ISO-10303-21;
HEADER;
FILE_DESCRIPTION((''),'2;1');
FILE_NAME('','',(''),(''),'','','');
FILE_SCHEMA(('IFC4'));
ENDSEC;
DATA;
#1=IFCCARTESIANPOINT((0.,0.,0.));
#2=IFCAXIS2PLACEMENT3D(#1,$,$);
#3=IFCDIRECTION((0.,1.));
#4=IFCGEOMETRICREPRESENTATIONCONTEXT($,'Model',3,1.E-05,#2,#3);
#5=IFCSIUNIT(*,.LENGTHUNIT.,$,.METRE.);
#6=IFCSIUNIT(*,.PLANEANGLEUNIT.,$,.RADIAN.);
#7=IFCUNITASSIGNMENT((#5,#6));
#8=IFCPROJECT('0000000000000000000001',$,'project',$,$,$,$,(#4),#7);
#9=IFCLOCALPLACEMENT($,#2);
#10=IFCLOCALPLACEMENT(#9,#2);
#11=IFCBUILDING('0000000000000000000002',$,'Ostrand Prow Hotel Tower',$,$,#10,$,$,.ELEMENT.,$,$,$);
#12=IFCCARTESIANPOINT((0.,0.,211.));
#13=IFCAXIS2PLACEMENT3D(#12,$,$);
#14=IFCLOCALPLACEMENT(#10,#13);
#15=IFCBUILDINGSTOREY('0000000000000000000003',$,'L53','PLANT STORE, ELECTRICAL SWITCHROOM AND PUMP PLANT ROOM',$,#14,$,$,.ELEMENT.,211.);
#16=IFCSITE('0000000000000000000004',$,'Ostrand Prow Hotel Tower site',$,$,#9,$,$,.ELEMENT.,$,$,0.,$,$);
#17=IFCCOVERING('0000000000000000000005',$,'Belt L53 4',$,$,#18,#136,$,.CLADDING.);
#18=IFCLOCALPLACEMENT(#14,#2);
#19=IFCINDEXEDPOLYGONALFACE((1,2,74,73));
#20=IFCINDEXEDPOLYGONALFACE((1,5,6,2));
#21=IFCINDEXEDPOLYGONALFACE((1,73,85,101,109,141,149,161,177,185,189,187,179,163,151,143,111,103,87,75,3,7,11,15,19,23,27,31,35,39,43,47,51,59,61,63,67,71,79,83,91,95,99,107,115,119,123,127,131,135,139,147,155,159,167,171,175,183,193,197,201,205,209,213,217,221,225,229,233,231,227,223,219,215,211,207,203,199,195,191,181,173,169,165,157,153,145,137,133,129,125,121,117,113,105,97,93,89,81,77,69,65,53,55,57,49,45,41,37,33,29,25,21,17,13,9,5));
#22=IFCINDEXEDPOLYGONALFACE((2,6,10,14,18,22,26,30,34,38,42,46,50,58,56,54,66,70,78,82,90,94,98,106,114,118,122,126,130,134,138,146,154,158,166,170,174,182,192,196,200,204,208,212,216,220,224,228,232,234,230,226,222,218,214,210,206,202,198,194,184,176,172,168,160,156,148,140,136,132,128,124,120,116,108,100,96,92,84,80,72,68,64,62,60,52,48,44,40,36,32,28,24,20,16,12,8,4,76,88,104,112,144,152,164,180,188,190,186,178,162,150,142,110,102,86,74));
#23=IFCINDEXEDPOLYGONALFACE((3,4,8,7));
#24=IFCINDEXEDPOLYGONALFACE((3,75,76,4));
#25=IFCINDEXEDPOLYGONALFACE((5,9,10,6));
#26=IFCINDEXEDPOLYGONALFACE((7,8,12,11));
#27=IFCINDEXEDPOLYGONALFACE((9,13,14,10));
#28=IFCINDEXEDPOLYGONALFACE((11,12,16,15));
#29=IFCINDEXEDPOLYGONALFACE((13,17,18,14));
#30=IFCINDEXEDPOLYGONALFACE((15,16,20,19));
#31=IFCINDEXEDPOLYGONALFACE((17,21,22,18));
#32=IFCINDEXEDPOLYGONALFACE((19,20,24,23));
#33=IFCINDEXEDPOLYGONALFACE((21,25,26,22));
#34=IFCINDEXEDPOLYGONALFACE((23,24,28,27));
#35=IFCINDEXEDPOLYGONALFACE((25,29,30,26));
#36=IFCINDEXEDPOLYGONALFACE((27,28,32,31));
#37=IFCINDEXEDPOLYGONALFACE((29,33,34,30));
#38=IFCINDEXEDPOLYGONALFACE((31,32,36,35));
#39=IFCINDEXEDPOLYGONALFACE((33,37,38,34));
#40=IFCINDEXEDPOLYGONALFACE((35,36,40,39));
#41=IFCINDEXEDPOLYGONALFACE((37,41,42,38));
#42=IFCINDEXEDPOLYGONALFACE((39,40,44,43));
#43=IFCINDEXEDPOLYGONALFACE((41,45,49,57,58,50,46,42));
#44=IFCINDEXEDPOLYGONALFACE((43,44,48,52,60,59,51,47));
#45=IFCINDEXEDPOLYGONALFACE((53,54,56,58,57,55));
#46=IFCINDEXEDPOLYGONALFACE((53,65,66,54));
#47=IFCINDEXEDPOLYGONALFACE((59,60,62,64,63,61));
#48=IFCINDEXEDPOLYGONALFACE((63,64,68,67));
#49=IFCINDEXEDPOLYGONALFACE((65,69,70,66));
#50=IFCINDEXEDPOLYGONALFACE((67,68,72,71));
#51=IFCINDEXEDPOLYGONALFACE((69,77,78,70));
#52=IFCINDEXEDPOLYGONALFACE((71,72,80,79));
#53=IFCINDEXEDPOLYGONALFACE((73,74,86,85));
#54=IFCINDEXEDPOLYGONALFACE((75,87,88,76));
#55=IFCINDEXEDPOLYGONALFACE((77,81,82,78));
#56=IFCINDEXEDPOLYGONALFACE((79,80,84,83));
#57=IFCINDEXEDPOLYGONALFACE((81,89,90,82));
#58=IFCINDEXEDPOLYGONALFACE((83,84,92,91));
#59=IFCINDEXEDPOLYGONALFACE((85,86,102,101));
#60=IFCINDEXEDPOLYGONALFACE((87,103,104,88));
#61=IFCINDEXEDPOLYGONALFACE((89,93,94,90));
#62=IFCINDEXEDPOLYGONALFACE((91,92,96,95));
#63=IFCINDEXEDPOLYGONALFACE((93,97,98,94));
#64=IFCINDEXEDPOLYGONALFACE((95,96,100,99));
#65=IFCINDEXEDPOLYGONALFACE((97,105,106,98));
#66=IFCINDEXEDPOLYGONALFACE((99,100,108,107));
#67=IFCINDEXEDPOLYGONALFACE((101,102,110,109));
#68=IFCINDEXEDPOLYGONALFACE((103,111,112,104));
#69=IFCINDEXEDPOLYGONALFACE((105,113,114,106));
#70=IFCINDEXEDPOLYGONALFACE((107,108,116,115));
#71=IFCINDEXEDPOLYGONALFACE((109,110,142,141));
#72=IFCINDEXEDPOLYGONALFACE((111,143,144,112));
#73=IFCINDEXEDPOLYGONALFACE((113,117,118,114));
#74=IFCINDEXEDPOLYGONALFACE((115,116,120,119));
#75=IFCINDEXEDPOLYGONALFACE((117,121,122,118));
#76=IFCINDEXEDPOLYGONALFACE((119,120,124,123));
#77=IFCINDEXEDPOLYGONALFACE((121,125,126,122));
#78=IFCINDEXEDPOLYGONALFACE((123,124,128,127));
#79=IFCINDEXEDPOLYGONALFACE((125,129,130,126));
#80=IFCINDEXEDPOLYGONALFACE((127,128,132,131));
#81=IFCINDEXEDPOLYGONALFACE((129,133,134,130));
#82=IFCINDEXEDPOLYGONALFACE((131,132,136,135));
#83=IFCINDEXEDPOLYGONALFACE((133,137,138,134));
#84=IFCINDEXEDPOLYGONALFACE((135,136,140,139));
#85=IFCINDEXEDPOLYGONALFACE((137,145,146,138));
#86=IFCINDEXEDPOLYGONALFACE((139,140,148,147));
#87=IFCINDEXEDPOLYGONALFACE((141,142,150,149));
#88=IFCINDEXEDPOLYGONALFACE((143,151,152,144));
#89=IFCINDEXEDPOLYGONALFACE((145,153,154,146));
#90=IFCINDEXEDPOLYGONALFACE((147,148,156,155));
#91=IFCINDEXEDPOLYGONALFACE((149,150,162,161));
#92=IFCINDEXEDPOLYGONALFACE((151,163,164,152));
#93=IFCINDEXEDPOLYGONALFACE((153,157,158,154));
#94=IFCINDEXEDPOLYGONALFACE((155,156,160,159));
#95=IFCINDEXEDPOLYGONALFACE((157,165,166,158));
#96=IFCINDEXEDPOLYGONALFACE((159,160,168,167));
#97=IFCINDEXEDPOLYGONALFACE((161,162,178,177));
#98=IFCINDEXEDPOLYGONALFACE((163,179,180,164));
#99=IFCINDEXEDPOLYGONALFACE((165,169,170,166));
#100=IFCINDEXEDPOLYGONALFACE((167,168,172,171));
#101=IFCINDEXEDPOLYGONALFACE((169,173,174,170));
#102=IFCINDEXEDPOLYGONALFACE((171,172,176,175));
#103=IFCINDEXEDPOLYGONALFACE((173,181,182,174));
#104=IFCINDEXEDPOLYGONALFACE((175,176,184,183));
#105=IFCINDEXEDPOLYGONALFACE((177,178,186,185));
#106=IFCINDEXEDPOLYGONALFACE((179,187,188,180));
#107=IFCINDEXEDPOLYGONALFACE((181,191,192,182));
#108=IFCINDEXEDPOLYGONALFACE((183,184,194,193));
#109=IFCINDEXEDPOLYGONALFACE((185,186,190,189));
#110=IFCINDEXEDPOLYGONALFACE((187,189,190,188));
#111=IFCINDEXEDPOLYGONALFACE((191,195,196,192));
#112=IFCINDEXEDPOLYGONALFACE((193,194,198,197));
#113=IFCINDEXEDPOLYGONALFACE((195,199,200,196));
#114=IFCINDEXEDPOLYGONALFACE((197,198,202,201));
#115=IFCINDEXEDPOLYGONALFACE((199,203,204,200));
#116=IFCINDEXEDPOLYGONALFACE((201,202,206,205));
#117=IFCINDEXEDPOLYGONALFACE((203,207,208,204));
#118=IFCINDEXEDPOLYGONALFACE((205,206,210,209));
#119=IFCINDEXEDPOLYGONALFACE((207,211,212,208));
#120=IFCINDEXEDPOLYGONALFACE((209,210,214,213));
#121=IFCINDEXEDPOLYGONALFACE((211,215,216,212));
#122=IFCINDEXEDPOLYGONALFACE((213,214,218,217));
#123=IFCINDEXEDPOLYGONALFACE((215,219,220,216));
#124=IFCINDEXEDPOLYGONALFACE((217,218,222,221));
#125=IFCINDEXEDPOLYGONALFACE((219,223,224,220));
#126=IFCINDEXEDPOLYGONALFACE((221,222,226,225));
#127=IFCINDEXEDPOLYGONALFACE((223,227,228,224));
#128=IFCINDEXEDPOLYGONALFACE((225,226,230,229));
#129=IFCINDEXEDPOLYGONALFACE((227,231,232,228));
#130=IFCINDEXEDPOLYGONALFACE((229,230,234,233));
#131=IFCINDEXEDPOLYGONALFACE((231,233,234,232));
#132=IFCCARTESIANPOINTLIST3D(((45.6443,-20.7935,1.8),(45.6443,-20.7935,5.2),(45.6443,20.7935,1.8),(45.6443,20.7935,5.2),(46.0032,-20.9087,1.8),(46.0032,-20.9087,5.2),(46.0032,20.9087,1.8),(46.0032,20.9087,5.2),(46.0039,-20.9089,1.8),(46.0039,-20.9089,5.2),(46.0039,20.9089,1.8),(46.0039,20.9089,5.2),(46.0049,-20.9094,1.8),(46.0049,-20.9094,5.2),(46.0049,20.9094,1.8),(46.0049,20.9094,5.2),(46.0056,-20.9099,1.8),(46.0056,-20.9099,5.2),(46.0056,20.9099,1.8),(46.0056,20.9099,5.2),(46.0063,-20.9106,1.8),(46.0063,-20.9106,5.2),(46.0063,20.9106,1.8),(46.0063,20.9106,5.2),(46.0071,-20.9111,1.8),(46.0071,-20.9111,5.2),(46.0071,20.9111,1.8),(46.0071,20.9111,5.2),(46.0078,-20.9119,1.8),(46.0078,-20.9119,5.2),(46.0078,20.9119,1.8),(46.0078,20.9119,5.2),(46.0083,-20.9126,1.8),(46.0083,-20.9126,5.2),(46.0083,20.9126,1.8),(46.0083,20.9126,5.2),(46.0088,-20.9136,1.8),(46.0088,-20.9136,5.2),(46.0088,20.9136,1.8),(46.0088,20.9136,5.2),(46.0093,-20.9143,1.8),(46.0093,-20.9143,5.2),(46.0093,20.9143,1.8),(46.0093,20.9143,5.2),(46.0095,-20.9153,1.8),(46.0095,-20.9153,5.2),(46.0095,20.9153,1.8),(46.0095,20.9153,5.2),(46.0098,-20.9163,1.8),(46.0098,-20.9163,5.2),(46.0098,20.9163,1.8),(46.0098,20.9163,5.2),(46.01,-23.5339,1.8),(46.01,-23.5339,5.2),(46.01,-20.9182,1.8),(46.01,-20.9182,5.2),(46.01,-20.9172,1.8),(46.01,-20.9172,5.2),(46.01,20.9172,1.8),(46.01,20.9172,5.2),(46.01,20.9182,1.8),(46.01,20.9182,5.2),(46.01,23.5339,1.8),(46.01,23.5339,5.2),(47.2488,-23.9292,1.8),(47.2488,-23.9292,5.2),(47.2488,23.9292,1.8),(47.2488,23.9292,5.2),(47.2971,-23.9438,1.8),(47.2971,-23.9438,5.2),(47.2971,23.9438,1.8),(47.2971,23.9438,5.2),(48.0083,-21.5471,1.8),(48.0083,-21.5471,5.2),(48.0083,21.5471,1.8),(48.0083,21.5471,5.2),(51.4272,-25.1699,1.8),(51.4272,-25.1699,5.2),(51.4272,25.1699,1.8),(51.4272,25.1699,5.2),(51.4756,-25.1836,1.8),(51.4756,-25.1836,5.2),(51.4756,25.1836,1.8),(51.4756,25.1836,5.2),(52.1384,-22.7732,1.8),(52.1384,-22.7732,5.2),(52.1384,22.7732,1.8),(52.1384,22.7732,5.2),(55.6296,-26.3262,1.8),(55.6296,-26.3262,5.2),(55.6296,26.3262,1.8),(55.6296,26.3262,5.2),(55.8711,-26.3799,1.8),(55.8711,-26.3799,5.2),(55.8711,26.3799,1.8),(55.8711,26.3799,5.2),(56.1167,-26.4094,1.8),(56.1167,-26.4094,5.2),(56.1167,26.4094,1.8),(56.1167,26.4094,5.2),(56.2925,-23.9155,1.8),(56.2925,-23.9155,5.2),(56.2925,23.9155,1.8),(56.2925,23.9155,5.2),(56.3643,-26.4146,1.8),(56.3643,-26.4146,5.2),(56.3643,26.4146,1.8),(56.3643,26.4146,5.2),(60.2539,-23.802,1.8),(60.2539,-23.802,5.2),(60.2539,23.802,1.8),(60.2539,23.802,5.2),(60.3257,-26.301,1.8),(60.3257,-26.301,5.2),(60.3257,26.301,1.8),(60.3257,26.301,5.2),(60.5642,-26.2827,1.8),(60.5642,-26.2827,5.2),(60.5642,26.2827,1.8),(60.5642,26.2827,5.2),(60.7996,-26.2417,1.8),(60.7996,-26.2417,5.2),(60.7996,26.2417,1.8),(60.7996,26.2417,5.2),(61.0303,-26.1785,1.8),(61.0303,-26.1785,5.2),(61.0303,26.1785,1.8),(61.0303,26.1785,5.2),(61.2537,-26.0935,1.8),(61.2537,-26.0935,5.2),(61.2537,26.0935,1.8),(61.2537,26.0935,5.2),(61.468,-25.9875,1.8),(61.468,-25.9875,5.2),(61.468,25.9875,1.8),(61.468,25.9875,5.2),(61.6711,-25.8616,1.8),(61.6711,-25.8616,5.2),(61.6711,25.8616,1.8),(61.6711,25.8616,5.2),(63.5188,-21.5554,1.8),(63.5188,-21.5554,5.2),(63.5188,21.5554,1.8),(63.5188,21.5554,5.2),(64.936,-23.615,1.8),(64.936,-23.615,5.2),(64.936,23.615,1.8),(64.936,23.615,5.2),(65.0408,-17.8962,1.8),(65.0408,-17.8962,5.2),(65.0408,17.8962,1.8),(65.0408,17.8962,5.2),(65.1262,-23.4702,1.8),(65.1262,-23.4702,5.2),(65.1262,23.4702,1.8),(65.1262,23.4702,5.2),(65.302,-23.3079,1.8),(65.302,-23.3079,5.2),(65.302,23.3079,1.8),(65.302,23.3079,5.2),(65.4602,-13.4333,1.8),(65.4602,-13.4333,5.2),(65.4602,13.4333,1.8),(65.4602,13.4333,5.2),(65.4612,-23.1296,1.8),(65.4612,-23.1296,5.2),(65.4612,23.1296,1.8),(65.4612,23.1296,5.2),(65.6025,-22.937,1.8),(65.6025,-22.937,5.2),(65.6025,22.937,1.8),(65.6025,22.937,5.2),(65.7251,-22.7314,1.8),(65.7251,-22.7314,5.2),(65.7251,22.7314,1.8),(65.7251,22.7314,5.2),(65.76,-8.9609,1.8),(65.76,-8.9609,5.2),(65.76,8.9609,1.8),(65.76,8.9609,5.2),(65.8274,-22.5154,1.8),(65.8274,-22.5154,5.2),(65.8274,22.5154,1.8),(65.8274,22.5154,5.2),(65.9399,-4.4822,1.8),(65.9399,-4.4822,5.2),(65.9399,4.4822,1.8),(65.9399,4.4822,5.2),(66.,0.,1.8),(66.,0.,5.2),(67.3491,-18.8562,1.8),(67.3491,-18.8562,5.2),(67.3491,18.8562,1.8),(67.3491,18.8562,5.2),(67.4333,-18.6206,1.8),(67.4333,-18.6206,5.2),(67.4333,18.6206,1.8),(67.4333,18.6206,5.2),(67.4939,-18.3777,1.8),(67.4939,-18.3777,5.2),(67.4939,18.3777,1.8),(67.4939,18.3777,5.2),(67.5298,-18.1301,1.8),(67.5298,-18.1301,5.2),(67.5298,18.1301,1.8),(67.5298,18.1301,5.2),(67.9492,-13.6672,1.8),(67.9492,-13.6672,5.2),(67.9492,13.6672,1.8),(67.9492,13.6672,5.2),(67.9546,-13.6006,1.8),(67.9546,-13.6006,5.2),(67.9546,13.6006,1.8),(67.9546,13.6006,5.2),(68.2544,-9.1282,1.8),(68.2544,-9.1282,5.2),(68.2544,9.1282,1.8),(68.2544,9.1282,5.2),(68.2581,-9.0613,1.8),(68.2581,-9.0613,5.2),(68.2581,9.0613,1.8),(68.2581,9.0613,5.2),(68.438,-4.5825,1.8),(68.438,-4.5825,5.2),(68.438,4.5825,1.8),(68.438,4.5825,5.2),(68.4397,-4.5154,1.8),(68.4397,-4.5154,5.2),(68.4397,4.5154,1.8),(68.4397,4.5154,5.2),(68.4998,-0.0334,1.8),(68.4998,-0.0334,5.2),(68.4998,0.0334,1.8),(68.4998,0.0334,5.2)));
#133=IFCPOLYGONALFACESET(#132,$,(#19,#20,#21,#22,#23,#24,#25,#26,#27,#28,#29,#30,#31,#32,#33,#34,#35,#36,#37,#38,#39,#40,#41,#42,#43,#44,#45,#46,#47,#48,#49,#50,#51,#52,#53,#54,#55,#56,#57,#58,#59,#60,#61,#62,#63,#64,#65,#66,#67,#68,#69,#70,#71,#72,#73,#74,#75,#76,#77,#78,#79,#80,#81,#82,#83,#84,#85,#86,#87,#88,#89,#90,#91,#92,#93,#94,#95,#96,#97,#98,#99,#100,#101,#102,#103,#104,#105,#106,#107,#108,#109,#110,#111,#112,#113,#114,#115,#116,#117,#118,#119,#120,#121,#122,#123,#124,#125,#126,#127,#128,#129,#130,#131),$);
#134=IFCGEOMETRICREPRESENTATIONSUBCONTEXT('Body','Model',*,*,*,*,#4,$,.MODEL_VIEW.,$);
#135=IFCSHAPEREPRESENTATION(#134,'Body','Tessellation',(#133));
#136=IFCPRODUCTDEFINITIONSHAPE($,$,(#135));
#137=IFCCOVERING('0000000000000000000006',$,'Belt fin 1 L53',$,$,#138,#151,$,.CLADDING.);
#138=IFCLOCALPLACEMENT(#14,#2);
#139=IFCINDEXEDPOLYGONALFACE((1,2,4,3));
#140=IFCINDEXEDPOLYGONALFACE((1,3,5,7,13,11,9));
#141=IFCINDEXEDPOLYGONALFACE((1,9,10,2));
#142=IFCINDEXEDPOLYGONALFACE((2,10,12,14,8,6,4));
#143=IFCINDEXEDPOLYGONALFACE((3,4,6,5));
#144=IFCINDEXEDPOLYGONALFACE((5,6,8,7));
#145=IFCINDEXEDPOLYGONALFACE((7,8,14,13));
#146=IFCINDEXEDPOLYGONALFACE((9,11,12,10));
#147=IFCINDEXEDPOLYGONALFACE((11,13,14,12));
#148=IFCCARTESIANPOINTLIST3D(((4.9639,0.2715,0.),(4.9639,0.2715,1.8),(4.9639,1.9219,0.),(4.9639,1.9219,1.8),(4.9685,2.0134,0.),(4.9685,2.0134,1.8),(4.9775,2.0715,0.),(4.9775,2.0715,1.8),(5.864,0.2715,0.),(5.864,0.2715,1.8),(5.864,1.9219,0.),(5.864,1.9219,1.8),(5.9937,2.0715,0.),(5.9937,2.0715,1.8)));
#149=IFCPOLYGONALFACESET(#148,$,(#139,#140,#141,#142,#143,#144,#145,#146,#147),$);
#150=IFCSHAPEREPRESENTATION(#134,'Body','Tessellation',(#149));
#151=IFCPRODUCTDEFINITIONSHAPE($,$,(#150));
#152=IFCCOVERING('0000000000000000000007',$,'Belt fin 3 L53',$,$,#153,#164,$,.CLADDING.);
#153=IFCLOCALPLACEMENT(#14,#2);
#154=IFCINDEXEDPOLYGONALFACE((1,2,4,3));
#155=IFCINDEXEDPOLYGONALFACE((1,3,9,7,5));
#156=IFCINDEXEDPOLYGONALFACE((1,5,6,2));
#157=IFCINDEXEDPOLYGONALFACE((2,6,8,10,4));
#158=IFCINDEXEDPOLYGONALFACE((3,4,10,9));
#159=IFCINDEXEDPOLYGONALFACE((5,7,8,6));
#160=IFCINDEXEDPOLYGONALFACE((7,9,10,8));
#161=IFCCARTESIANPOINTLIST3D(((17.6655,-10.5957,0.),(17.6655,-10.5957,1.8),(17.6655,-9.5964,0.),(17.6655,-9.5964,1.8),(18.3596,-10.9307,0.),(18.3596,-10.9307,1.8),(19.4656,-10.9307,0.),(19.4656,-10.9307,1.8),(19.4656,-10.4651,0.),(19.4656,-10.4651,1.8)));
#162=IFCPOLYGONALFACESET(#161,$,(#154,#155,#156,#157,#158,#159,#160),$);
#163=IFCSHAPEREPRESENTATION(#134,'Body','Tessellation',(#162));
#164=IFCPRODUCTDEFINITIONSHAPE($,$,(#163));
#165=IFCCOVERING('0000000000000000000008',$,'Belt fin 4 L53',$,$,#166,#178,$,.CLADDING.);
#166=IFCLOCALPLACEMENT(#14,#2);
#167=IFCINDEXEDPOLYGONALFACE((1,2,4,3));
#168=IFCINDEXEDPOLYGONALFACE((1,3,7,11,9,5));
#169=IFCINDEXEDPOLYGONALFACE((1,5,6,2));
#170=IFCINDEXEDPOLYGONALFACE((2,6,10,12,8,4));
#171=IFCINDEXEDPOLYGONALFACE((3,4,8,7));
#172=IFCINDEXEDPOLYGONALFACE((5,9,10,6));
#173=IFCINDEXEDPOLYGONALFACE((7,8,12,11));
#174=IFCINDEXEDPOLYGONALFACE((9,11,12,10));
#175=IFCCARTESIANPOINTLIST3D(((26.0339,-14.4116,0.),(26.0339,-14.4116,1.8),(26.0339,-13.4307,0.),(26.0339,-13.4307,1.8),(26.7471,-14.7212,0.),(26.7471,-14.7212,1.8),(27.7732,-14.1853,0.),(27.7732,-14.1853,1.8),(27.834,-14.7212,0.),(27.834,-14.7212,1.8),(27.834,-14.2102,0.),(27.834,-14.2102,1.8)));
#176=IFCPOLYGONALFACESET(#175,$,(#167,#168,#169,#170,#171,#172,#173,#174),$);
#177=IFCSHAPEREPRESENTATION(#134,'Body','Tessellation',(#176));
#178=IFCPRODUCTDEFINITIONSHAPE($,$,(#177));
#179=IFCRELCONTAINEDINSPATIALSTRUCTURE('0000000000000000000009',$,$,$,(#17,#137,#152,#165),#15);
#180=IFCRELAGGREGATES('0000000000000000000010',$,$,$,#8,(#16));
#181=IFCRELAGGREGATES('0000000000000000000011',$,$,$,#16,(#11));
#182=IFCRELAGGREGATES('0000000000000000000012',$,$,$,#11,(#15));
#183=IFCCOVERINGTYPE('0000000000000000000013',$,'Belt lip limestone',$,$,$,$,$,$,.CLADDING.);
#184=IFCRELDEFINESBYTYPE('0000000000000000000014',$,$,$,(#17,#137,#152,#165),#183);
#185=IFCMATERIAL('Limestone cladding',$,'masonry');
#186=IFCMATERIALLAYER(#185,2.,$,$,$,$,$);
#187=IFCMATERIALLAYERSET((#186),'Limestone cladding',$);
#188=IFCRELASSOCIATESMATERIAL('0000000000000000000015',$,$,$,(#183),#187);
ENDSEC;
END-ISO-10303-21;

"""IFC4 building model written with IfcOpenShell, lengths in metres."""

from ifc_helpers import new_model, si_unit, direction, frame, origin, place, context, subcontext, project, spatial, polyline, outline, extrude, material, layer, layer_set, type_object, element, save


model = new_model("IFC4")

# Units and contexts
model_context = context("Model", 3, precision=1e-05, world=origin(), true_north=direction((0.0, 1.0)))
body_context = subcontext(model_context, "Body", "Model", "MODEL_VIEW")
ifc_project = project(units=[si_unit("LENGTHUNIT", "METRE"), si_unit("PLANEANGLEUNIT", "RADIAN")], contexts=[model_context])

# Site, building, storey
site_placement = place(None, origin())
site = spatial("IfcSite", under=ifc_project, at=site_placement, Name="Ostrand Prow Hotel Tower site", CompositionType="ELEMENT", RefElevation=0.0)
building_placement = place(site_placement, origin())
building = spatial("IfcBuilding", under=site, at=building_placement, Name="Ostrand Prow Hotel Tower", CompositionType="ELEMENT")
storey_placement = place(building_placement, frame((0.0, 0.0, 211.0)))
storey = spatial("IfcBuildingStorey", under=building, at=storey_placement, Name="L53", Description="PLANT STORE, ELECTRICAL SWITCHROOM AND PUMP PLANT ROOM", CompositionType="ELEMENT", Elevation=211.0)

# Coverings
ifc_material_1 = material(Name="Limestone cladding", Category="masonry")
ifc_layer_1 = layer(ifc_material_1, 2.0)
ifc_layer_set_1 = layer_set([ifc_layer_1], Name="Limestone cladding")
covering_type_1 = type_object("IfcCoveringType", Name="Belt lip limestone", PredefinedType="CLADDING", material=ifc_layer_set_1)
covering_1_placement = place(storey_placement, frame((0.0, 0.0, 1.8)))
element("IfcCovering", 1, at=covering_1_placement, inside=storey, type_object=covering_type_1, Name="Belt L53 4", PredefinedType="CLADDING", context=body_context, shape_type="SweptSolid", body=[
    extrude(outline(polyline([(47.2488, 23.9292), (46.01, 23.5339), (46.01, 20.9182), (46.01, 20.9172), (46.0098, 20.9163), (46.0095, 20.9153), (46.0093, 20.9143), (46.0088, 20.9136), (46.0083, 20.9126), (46.0078, 20.9119), (46.0071, 20.9111), (46.0063, 20.9106), (46.0056, 20.9099), (46.0049, 20.9094), (46.0039, 20.9089), (46.0032, 20.9087), (45.6443, 20.7935), (48.0083, 21.5471), (52.1384, 22.7732), (56.2925, 23.9155), (60.2539, 23.802), (63.5188, 21.5554), (65.0408, 17.8962), (65.4602, 13.4333), (65.76, 8.9609), (65.9399, 4.4822), (66.0, 0.0), (65.9399, -4.4822), (65.76, -8.9609), (65.4602, -13.4333), (65.0408, -17.8962), (63.5188, -21.5554), (60.2539, -23.802), (56.2925, -23.9155), (52.1384, -22.7732), (48.0083, -21.5471), (45.6443, -20.7935), (46.0032, -20.9087), (46.0039, -20.9089), (46.0049, -20.9094), (46.0056, -20.9099), (46.0063, -20.9106), (46.0071, -20.9111), (46.0078, -20.9119), (46.0083, -20.9126), (46.0088, -20.9136), (46.0093, -20.9143), (46.0095, -20.9153), (46.0098, -20.9163), (46.01, -20.9172), (46.01, -20.9182), (46.01, -23.5339), (47.2488, -23.9292), (47.2971, -23.9438), (51.4272, -25.1699), (51.4756, -25.1836), (55.6296, -26.3262), (55.8711, -26.3799), (56.1167, -26.4094), (56.3643, -26.4146), (60.3257, -26.301), (60.5642, -26.2827), (60.7996, -26.2417), (61.0303, -26.1785), (61.2537, -26.0935), (61.468, -25.9875), (61.6711, -25.8616), (64.936, -23.615), (65.1262, -23.4702), (65.302, -23.3079), (65.4612, -23.1296), (65.6025, -22.937), (65.7251, -22.7314), (65.8274, -22.5154), (67.3491, -18.8562), (67.4333, -18.6206), (67.4939, -18.3777), (67.5298, -18.1301), (67.9492, -13.6672), (67.9546, -13.6006), (68.2544, -9.1282), (68.2581, -9.0613), (68.438, -4.5825), (68.4397, -4.5154), (68.4998, -0.0334), (68.4998, 0.0334), (68.4397, 4.5154), (68.438, 4.5825), (68.2581, 9.0613), (68.2544, 9.1282), (67.9546, 13.6006), (67.9492, 13.6672), (67.5298, 18.1301), (67.4939, 18.3777), (67.4333, 18.6206), (67.3491, 18.8562), (65.8274, 22.5154), (65.7251, 22.7314), (65.6025, 22.937), (65.4612, 23.1296), (65.302, 23.3079), (65.1262, 23.4702), (64.936, 23.615), (61.6711, 25.8616), (61.468, 25.9875), (61.2537, 26.0935), (61.0303, 26.1785), (60.7996, 26.2417), (60.5642, 26.2827), (60.3257, 26.301), (56.3643, 26.4146), (56.1167, 26.4094), (55.8711, 26.3799), (55.6296, 26.3262), (51.4756, 25.1836), (51.4272, 25.1699), (47.2971, 23.9438), (47.2488, 23.9292)])), origin(), (0.0, 0.0, 1.0), 3.3999),
])
covering_2_placement = place(storey_placement, origin())
element("IfcCovering", 2, at=covering_2_placement, inside=storey, type_object=covering_type_1, Name="Belt fin 1 L53", PredefinedType="CLADDING", context=body_context, shape_type="SweptSolid", body=[
    extrude(outline(polyline([(4.9685, 2.0134), (4.9639, 1.9219), (4.9639, 0.2715), (5.864, 0.2715), (5.864, 1.9219), (5.9937, 2.0715), (4.9775, 2.0715), (4.9685, 2.0134)])), origin(), (0.0, 0.0, 1.0), 1.8),
])
covering_3_placement = place(storey_placement, origin())
element("IfcCovering", 3, at=covering_3_placement, inside=storey, type_object=covering_type_1, Name="Belt fin 3 L53", PredefinedType="CLADDING", context=body_context, shape_type="SweptSolid", body=[
    extrude(outline(polyline([(17.6655, -10.5957), (18.3596, -10.9307), (19.4656, -10.9307), (19.4656, -10.4651), (17.6655, -9.5964), (17.6655, -10.5957)])), origin(), (0.0, 0.0, 1.0), 1.8),
])
covering_4_placement = place(storey_placement, origin())
element("IfcCovering", 4, at=covering_4_placement, inside=storey, type_object=covering_type_1, Name="Belt fin 4 L53", PredefinedType="CLADDING", context=body_context, shape_type="SweptSolid", body=[
    extrude(outline(polyline([(26.0339, -14.4116), (26.7471, -14.7212), (27.834, -14.7212), (27.834, -14.2102), (27.7732, -14.1853), (26.0339, -13.4307), (26.0339, -14.4116)])), origin(), (0.0, 0.0, 1.0), 1.8),
])

save(model, "model.ifc")
